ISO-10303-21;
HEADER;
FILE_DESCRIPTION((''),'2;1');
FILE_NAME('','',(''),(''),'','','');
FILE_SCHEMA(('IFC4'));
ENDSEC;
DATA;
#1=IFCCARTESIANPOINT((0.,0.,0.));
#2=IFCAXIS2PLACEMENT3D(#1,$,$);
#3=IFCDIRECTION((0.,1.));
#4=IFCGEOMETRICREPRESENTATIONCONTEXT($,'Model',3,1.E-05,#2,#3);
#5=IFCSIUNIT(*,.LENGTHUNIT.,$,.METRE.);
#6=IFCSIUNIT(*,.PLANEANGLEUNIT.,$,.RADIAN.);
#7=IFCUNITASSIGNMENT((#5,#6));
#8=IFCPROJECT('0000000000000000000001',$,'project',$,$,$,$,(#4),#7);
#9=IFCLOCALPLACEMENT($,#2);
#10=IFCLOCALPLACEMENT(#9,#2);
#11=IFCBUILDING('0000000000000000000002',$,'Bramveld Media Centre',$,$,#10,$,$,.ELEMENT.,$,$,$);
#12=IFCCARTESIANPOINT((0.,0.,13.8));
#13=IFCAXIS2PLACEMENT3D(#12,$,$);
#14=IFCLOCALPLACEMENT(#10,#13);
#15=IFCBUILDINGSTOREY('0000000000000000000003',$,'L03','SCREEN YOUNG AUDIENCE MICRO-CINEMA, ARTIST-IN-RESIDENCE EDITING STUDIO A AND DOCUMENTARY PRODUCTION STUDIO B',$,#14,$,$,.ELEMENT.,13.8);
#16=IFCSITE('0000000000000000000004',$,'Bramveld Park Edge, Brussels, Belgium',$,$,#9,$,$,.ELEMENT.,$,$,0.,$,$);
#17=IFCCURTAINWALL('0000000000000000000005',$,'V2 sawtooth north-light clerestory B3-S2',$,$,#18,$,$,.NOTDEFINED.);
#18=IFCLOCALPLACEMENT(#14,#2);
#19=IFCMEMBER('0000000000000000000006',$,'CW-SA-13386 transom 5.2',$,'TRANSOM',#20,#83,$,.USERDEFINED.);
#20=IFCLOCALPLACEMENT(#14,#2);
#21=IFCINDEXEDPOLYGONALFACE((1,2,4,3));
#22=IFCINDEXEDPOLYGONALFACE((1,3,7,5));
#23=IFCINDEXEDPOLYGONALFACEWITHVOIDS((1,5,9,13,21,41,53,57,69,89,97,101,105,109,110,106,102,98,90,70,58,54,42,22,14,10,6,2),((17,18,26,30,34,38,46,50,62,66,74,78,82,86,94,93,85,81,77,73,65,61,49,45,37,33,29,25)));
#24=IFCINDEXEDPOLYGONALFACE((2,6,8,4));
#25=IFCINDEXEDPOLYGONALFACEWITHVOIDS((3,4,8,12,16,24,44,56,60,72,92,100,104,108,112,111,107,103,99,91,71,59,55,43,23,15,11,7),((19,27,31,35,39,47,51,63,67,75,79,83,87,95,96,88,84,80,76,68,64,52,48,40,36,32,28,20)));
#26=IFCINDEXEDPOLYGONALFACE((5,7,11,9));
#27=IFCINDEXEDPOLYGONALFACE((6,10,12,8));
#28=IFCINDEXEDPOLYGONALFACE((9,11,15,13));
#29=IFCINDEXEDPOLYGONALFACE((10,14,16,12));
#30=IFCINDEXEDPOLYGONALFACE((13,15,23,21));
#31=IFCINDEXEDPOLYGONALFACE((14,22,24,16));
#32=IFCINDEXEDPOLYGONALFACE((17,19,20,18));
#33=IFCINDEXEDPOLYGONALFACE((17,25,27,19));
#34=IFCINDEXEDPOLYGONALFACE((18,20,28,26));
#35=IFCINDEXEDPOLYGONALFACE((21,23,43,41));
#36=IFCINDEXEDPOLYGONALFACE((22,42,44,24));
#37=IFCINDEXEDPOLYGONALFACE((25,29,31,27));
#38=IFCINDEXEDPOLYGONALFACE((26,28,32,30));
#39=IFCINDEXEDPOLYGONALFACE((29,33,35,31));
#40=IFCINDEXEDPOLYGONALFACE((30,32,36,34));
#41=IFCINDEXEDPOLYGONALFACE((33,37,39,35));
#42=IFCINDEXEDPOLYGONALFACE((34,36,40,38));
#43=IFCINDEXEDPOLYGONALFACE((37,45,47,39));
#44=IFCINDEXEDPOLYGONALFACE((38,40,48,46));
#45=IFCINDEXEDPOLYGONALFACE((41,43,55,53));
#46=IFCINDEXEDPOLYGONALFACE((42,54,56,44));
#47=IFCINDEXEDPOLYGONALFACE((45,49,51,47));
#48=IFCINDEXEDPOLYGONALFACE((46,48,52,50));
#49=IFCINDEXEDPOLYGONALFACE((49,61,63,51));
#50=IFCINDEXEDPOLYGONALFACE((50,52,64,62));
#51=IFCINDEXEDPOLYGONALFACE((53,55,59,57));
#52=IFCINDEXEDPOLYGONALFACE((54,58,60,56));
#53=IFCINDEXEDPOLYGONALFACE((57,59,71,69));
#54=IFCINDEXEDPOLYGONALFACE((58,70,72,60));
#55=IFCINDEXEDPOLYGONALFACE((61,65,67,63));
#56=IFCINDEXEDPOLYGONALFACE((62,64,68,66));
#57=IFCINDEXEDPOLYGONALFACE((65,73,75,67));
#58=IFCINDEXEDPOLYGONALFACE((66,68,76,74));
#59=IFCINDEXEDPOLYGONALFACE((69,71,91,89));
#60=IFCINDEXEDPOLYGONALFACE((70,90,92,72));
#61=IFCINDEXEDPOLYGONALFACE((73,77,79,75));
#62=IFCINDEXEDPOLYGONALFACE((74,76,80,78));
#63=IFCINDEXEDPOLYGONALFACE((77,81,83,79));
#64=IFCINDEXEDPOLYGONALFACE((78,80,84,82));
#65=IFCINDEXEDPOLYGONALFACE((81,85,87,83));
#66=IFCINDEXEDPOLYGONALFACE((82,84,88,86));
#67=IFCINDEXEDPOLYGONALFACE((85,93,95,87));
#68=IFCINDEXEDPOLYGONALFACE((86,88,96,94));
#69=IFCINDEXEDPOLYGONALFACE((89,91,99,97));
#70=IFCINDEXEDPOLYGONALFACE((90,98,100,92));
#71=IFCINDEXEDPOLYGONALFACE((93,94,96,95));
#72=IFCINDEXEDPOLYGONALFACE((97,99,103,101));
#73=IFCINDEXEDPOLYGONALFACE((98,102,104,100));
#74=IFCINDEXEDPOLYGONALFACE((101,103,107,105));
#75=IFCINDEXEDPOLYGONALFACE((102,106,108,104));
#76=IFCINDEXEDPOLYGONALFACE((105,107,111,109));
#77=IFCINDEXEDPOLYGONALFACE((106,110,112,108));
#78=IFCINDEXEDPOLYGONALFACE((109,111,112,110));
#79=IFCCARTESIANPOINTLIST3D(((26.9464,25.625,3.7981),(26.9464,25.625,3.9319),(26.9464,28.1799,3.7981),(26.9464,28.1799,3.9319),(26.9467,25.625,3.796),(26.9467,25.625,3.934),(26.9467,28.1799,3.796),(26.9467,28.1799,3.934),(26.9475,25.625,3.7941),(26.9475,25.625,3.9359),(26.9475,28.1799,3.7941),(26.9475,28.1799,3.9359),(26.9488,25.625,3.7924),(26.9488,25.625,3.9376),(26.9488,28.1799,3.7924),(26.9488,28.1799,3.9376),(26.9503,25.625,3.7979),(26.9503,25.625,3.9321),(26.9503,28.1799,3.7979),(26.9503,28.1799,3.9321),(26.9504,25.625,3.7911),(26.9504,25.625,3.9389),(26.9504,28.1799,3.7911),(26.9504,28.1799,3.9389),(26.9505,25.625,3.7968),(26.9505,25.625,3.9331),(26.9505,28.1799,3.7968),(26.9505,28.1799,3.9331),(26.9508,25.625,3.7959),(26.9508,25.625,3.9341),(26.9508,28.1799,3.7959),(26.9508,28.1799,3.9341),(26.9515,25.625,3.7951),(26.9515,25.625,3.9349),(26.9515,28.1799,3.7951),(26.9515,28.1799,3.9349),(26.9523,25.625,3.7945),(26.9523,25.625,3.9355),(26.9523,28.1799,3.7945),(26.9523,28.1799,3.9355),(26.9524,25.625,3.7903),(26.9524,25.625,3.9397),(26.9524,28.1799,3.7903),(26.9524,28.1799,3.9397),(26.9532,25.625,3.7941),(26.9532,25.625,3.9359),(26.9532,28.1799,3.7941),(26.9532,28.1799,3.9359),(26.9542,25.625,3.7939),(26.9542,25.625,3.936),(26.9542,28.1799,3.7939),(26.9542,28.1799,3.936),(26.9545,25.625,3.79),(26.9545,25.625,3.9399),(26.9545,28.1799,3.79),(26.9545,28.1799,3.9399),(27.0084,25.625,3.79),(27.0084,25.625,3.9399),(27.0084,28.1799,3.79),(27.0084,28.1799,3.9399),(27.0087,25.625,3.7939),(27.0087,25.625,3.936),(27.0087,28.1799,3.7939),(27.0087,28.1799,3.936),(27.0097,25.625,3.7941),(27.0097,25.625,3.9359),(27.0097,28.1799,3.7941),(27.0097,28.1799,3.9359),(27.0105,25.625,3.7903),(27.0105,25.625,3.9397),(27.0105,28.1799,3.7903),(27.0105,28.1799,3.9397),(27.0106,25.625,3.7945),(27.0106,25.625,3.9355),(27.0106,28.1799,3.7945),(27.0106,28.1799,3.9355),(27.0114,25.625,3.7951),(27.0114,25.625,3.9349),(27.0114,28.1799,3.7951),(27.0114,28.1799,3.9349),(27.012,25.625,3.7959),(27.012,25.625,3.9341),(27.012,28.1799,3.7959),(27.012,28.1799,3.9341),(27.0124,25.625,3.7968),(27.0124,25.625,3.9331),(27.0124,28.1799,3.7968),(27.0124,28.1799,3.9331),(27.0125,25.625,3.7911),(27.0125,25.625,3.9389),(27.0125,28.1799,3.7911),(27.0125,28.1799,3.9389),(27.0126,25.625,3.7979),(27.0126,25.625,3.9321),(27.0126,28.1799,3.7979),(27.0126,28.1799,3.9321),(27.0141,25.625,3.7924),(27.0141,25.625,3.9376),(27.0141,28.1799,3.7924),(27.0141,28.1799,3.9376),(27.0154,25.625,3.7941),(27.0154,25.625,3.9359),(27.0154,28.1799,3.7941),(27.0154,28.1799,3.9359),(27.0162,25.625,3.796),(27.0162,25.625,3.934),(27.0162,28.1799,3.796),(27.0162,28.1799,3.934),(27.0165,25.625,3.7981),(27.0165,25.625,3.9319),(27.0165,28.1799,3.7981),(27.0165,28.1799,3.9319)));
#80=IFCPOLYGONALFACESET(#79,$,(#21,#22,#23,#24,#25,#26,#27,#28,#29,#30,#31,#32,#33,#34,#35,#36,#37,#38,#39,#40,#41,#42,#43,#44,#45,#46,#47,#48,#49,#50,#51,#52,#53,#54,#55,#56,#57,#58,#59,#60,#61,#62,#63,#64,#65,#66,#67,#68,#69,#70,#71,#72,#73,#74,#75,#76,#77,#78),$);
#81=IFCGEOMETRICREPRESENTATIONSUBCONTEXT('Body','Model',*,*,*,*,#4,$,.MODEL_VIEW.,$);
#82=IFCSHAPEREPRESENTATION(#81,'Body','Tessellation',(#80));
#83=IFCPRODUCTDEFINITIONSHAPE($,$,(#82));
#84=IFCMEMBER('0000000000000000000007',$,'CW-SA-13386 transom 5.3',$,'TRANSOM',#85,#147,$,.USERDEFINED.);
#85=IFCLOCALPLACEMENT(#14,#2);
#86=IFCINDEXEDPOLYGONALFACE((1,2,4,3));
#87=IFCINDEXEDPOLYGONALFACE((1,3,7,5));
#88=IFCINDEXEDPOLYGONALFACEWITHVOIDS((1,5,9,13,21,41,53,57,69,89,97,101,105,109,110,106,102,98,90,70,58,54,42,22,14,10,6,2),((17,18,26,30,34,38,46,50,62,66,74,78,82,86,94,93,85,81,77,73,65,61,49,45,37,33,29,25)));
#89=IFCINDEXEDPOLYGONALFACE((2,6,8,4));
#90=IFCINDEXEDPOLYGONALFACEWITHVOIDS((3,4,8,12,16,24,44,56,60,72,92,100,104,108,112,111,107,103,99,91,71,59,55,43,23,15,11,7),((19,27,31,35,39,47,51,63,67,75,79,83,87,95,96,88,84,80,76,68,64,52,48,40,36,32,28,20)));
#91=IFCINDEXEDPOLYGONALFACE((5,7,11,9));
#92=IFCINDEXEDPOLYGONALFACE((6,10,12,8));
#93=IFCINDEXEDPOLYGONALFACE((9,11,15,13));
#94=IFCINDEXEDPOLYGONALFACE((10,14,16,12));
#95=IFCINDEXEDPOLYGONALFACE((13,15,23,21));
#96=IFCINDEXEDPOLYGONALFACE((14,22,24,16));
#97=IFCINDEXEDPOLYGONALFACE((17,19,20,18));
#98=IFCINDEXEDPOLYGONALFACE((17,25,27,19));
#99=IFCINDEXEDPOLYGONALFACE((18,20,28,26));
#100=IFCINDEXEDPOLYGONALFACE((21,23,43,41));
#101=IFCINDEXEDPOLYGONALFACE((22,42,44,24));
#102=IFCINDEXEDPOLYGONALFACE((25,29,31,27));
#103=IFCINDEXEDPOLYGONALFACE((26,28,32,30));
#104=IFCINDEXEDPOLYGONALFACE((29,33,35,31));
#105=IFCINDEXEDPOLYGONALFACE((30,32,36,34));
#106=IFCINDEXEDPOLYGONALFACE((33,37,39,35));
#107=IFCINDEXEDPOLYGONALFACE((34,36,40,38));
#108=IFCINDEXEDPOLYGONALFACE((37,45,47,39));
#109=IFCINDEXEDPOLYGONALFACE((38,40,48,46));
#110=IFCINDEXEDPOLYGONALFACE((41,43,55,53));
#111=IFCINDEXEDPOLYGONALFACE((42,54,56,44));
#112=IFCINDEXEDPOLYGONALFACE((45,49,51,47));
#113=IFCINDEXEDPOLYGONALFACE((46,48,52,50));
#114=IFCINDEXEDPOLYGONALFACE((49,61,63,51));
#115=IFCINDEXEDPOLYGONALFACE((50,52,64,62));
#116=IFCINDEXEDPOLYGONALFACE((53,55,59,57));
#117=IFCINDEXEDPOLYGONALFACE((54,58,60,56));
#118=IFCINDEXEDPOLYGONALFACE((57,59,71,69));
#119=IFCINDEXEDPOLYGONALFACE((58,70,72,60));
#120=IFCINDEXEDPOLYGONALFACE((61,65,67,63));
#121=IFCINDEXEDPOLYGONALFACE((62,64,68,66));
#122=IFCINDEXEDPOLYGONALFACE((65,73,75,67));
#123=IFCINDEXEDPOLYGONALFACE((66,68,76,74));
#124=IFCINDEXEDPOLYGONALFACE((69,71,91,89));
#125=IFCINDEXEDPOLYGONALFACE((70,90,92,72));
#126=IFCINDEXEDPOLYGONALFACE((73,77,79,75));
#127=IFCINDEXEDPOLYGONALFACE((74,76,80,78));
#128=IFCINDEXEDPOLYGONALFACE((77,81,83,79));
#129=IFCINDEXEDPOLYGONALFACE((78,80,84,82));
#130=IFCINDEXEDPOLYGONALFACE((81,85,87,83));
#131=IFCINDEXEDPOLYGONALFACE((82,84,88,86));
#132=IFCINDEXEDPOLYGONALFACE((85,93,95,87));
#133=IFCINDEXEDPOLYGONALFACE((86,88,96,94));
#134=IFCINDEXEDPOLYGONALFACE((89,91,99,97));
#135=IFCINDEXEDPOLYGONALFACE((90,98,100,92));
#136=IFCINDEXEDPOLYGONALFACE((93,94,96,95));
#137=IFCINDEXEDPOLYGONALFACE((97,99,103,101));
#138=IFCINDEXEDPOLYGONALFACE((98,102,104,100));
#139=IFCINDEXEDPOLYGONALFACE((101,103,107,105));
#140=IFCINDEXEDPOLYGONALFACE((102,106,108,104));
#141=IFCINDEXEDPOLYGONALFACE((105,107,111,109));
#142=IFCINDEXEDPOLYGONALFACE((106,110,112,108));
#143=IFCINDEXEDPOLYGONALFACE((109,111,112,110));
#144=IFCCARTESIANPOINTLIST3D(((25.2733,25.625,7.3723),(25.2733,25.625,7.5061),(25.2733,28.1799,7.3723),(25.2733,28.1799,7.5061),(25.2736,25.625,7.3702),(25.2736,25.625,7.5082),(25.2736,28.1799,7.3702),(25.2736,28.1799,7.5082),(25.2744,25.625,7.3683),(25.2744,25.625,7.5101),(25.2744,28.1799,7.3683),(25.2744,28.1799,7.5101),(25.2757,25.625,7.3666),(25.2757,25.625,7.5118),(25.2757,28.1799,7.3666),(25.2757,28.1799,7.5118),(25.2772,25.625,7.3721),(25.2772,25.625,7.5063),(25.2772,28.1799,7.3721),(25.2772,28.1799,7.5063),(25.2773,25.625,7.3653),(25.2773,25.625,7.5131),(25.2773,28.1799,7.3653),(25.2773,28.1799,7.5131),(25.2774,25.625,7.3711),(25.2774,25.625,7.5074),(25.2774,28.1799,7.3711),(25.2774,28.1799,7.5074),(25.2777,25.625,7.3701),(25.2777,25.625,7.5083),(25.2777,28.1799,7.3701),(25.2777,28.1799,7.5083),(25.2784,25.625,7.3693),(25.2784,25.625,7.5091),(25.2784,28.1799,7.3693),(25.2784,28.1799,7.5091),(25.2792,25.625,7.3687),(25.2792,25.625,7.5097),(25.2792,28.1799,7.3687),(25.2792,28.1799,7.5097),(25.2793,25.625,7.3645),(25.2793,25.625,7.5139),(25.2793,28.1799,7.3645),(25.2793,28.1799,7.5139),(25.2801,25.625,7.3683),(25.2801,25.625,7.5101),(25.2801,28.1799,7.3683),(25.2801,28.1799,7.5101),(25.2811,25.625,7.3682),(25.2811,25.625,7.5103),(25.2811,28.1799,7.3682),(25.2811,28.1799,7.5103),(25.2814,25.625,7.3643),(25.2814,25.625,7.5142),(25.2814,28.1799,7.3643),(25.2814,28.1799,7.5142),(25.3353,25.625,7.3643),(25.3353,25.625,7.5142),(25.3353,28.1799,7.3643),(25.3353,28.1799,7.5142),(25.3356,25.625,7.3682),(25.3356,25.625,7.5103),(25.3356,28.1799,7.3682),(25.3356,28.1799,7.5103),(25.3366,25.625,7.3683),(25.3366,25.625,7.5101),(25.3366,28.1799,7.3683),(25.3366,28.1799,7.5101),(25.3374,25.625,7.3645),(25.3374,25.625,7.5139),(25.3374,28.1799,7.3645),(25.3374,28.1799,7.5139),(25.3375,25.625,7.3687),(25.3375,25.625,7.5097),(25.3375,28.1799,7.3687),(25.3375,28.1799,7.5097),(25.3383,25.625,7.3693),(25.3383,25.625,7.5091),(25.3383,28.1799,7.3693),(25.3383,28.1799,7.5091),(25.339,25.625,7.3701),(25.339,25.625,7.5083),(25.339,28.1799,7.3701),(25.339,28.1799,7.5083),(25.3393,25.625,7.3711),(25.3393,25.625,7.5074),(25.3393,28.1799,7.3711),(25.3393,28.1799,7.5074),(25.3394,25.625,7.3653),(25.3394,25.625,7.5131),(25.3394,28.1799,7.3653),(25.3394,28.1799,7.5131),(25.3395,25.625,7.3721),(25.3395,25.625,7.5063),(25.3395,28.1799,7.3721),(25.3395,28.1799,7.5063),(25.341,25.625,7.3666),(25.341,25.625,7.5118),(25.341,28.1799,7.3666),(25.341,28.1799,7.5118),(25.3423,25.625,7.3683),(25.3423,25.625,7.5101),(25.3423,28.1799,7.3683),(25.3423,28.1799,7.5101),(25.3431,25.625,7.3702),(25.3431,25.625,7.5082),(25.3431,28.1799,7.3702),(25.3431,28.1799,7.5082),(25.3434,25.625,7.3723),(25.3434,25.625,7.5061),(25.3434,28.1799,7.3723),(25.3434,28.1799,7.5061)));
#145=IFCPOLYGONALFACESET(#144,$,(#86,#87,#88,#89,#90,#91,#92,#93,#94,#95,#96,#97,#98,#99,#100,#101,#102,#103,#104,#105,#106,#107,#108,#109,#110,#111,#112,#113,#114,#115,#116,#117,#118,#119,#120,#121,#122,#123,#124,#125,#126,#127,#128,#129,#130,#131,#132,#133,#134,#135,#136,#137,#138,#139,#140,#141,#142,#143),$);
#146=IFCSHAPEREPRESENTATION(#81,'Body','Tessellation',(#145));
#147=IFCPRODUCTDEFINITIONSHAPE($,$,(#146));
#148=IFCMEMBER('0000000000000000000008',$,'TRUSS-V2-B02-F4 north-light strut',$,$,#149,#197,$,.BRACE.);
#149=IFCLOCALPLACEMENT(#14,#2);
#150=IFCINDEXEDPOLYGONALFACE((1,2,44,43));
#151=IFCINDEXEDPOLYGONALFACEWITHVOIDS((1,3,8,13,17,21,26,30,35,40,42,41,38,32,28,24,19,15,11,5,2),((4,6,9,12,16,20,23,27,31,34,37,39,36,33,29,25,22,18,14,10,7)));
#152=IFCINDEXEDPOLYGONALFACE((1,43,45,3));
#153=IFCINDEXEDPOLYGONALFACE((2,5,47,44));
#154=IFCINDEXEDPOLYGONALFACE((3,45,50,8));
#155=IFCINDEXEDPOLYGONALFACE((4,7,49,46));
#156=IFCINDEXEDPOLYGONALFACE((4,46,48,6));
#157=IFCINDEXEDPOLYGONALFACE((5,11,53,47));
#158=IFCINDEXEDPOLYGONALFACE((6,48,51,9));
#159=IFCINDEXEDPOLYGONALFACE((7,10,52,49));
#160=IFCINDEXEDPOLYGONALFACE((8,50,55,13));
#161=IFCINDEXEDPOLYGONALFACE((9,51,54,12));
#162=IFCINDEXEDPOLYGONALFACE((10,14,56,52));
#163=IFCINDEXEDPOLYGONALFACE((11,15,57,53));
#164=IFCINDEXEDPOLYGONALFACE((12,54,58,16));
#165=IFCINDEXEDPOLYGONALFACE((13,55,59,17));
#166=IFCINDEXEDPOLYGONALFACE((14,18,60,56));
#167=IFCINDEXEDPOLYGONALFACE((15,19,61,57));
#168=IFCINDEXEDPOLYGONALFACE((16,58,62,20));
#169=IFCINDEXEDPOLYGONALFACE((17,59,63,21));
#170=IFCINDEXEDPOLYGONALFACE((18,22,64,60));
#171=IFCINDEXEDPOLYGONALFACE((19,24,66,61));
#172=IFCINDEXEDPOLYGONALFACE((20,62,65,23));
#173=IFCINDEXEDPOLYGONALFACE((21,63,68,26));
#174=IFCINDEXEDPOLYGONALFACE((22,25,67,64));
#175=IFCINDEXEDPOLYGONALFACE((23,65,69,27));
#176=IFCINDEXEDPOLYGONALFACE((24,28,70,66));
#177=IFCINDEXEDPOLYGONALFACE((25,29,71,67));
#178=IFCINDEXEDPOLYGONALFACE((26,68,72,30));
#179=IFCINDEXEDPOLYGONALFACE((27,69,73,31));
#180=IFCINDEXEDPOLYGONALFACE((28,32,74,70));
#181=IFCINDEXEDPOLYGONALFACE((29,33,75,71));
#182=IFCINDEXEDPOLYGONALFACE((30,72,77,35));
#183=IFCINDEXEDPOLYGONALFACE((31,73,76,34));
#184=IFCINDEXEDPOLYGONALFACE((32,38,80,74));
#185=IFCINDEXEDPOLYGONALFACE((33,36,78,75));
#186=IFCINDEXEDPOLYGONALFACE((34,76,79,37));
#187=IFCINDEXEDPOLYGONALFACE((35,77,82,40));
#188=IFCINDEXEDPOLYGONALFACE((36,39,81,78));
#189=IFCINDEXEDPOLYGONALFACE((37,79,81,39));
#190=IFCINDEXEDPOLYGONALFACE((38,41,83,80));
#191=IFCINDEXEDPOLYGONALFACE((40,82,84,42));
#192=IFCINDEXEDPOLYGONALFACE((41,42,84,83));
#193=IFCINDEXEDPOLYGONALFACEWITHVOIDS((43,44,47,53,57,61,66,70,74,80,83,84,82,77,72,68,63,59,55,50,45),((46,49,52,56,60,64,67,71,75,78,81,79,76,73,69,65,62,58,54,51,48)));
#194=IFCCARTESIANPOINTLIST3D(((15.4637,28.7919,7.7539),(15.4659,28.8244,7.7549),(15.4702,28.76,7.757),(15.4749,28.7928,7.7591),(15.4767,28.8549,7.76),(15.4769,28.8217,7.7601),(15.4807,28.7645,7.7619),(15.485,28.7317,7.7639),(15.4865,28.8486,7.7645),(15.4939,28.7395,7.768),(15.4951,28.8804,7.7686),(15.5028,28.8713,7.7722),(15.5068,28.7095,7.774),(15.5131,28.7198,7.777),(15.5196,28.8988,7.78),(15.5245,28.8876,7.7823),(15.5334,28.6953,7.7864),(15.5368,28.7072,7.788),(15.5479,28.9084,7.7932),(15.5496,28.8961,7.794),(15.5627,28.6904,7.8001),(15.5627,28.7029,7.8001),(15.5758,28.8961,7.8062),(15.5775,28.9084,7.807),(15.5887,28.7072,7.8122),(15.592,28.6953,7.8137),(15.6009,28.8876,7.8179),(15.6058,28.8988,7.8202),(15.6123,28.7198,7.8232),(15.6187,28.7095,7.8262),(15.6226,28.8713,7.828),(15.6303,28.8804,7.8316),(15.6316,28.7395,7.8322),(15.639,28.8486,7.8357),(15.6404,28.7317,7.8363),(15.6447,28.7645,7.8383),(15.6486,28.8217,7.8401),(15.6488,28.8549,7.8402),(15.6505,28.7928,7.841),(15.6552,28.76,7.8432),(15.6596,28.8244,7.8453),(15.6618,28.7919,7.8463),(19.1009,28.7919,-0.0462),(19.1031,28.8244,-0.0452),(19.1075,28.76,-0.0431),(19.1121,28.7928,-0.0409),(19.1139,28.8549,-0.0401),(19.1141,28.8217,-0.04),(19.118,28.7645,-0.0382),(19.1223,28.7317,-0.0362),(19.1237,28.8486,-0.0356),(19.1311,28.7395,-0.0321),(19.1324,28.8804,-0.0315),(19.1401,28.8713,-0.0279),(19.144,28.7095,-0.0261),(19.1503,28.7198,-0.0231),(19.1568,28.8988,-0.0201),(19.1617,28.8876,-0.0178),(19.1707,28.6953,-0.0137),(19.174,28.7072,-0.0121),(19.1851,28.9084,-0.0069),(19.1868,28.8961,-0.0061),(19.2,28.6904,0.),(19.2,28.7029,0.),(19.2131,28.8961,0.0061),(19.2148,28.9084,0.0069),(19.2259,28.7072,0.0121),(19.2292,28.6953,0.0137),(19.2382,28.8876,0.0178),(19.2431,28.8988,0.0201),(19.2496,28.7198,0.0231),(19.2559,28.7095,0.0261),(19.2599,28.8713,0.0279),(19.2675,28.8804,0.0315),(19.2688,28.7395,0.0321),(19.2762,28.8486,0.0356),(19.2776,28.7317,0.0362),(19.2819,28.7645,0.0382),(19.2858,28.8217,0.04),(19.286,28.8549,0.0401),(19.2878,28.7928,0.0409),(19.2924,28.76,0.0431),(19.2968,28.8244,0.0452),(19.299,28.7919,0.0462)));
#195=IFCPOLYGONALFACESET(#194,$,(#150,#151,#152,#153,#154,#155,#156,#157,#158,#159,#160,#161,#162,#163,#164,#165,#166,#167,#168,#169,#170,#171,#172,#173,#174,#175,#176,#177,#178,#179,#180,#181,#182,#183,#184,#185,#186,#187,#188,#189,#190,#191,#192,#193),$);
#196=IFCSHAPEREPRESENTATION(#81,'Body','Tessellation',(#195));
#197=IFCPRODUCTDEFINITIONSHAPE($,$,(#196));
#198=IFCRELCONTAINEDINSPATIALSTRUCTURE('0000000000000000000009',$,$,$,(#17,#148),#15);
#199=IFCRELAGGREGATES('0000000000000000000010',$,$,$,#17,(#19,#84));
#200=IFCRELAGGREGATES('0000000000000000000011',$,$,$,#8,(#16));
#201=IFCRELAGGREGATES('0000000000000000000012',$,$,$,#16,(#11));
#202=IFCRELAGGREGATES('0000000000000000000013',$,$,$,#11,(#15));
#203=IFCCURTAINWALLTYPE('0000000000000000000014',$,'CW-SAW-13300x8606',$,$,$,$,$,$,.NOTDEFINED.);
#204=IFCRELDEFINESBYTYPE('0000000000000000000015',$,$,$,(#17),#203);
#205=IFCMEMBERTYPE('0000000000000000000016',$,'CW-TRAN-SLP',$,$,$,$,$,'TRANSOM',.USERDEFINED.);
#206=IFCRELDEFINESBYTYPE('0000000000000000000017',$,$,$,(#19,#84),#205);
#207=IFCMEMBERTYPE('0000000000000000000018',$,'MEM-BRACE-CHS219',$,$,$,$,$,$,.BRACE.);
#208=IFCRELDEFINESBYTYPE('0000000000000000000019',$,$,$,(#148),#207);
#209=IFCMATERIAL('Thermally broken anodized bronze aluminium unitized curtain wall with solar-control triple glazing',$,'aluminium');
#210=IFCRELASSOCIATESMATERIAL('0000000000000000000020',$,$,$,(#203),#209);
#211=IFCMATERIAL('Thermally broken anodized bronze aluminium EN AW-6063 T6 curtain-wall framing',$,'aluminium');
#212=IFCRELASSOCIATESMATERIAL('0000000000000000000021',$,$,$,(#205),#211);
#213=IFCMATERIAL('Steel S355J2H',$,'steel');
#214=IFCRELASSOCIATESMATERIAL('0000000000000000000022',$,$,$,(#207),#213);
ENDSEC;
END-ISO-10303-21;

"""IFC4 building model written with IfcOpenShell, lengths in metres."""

from ifc_helpers import new_model, si_unit, direction, frame, origin, origin_2d, place, context, subcontext, project, spatial, hollow_rectangle, hollow_circle, extrude, material, material_profile, profile_set, type_object, element, aggregate, save


model = new_model("IFC4")

# Units and contexts
model_context = context("Model", 3, precision=1e-05, world=origin(), true_north=direction((0.0, 1.0)))
body_context = subcontext(model_context, "Body", "Model", "MODEL_VIEW")
ifc_project = project(units=[si_unit("LENGTHUNIT", "METRE"), si_unit("PLANEANGLEUNIT", "RADIAN")], contexts=[model_context])

# Site, building, storey
site_placement = place(None, origin())
site = spatial("IfcSite", under=ifc_project, at=site_placement, Name="Bramveld Park Edge, Brussels, Belgium", CompositionType="ELEMENT", RefElevation=0.0)
building_placement = place(site_placement, origin())
building = spatial("IfcBuilding", under=site, at=building_placement, Name="Bramveld Media Centre", CompositionType="ELEMENT")
storey_placement = place(building_placement, frame((0.0, 0.0, 13.8)))
storey = spatial("IfcBuildingStorey", under=building, at=storey_placement, Name="L03", Description="SCREEN YOUNG AUDIENCE MICRO-CINEMA, ARTIST-IN-RESIDENCE EDITING STUDIO A AND DOCUMENTARY PRODUCTION STUDIO B", CompositionType="ELEMENT", Elevation=13.8)

# Shared definitions
ifc_material_1 = material(Name="Thermally broken anodized bronze aluminium unitized curtain wall with solar-control triple glazing", Category="aluminium")
curtain_wall_type_1 = type_object("IfcCurtainWallType", Name="CW-SAW-13300x8606", PredefinedType="NOTDEFINED", material=ifc_material_1)

# Curtain wall
curtain_wall_1_placement = place(storey_placement, origin())
curtain_wall_1 = element("IfcCurtainWall", 1, at=curtain_wall_1_placement, inside=storey, type_object=curtain_wall_type_1, Name="V2 sawtooth north-light clerestory B3-S2", PredefinedType="NOTDEFINED")

# Members
ifc_material_2 = material(Name="Thermally broken anodized bronze aluminium EN AW-6063 T6 curtain-wall framing", Category="aluminium")
ifc_material_profile_1 = material_profile(ifc_material_2, hollow_rectangle(XDim=0.0701, YDim=0.1499, WallThickness=0.0039, InnerFilletRadius=0.0039, OuterFilletRadius=0.0081, at=origin_2d()), Name="AL-TRAN 70x150")
ifc_profile_set_1 = profile_set([ifc_material_profile_1], Name="Thermally broken anodized bronze aluminium EN AW-6063 T6 curtain-wall framing")
member_type_1 = type_object("IfcMemberType", Name="CW-TRAN-SLP", ElementType="TRANSOM", PredefinedType="USERDEFINED", material=ifc_profile_set_1)
member_1_placement = place(storey_placement, frame((26.9814, 25.625, 3.865), z_axis=(0.0, 1.0, 0.0), x_axis=(-1.0, 0.0, 0.0)))
member_1 = element("IfcMember", 2, at=member_1_placement, type_object=member_type_1, Name="CW-SA-13386 transom 5.2", ObjectType="TRANSOM", PredefinedType="USERDEFINED", context=body_context, shape_type="SweptSolid", body=[
    extrude(hollow_rectangle(XDim=0.0701, YDim=0.1499, WallThickness=0.0039, InnerFilletRadius=0.0039, OuterFilletRadius=0.0081, at=origin_2d()), origin(), (0.0, 0.0, 1.0), 2.5549),
])
member_2_placement = place(storey_placement, frame((25.3083, 25.625, 7.4392), z_axis=(0.0, 1.0, 0.0), x_axis=(-1.0, 0.0, 0.0)))
member_2 = element("IfcMember", 3, at=member_2_placement, type_object=member_type_1, Name="CW-SA-13386 transom 5.3", ObjectType="TRANSOM", PredefinedType="USERDEFINED", context=body_context, shape_type="SweptSolid", body=[
    extrude(hollow_rectangle(XDim=0.0701, YDim=0.1499, WallThickness=0.0039, InnerFilletRadius=0.0039, OuterFilletRadius=0.0081, at=origin_2d()), origin(), (0.0, 0.0, 1.0), 2.5549),
])

# Member
ifc_material_3 = material(Name="Steel S355J2H", Category="steel")
ifc_material_profile_2 = material_profile(ifc_material_3, hollow_circle(Radius=0.1096, WallThickness=0.0125, at=origin_2d()), Name="CHS 219.1x12.5")
ifc_profile_set_2 = profile_set([ifc_material_profile_2], Name="Steel S355J2H")
member_type_2 = type_object("IfcMemberType", Name="MEM-BRACE-CHS219", PredefinedType="BRACE", material=ifc_profile_set_2)
for number, where, z_axis, x_axis, name in (
    (4, (19.2, 28.8, 0.0), (-0.422617, 0.0, 0.906308), (0.0, -1.0, 0.0), "TRUSS-V2-B02-F4 north-light strut"),
):
    element("IfcMember", number, at=place(storey_placement, frame(where, z_axis=z_axis, x_axis=x_axis)), inside=storey, type_object=member_type_2, Name=name, PredefinedType="BRACE", context=body_context, shape_type="SweptSolid", body=[
        extrude(hollow_circle(Radius=0.1096, WallThickness=0.0125, at=origin_2d()), origin(), (0.0, 0.0, 1.0), 8.6064),
    ])

aggregate(curtain_wall_1, [member_1, member_2])

save(model, "model.ifc")
